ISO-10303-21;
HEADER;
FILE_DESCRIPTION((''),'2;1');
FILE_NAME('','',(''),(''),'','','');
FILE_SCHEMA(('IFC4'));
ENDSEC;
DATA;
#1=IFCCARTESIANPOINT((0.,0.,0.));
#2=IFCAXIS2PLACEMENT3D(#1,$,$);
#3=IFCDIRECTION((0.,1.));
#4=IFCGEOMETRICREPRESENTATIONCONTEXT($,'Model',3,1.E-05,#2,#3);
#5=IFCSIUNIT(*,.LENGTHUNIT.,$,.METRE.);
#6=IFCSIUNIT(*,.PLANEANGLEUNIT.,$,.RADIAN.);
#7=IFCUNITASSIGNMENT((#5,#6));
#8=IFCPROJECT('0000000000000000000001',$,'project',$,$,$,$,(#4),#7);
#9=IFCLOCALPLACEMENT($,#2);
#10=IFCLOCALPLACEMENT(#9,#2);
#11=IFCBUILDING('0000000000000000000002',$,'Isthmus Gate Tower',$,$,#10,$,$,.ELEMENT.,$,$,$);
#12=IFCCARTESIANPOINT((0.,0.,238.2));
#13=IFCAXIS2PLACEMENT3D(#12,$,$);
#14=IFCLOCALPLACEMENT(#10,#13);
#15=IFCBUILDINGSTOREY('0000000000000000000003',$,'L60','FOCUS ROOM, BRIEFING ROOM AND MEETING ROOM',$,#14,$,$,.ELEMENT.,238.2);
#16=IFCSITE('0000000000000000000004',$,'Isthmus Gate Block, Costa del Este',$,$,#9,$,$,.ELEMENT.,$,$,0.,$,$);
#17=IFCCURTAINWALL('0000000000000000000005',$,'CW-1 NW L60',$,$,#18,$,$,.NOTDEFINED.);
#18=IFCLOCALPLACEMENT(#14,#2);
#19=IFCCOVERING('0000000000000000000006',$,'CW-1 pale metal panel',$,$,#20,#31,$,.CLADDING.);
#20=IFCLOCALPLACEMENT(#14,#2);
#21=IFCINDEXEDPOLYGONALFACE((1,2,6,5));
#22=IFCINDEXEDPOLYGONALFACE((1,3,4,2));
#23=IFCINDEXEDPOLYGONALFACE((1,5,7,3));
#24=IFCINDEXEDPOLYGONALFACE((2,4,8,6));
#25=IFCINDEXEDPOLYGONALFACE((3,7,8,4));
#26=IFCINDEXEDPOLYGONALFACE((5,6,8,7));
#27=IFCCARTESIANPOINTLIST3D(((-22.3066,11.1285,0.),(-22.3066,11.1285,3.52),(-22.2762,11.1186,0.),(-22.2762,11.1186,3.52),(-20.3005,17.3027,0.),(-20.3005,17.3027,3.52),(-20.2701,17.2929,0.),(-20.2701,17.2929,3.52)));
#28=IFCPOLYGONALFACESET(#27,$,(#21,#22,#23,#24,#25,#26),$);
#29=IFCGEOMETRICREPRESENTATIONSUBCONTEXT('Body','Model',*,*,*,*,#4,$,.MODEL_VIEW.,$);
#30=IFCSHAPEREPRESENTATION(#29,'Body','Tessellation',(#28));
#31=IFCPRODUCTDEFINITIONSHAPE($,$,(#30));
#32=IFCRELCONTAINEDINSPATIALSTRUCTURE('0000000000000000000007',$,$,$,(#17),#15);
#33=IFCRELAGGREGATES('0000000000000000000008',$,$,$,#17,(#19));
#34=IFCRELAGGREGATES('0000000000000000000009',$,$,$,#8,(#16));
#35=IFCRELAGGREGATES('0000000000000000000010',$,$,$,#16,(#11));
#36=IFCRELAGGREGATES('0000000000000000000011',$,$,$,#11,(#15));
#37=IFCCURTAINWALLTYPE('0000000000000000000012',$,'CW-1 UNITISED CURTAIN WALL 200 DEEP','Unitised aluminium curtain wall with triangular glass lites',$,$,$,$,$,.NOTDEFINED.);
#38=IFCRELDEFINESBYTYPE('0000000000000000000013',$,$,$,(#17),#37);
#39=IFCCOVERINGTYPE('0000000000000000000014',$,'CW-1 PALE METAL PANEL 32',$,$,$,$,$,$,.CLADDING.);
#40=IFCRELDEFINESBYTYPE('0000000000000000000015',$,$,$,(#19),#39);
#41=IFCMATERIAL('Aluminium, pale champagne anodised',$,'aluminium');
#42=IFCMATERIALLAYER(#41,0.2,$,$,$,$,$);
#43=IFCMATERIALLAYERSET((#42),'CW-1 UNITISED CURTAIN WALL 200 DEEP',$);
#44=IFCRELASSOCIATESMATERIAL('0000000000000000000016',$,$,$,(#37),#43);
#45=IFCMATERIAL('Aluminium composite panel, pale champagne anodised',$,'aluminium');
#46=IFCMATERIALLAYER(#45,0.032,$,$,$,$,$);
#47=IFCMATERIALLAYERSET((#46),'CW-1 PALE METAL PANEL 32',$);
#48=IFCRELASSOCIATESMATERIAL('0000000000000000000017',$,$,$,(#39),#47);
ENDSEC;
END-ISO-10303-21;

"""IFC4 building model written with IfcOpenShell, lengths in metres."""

from ifc_helpers import new_model, si_unit, direction, frame, origin, origin_2d, place, context, subcontext, project, spatial, rectangle, extrude, material, layer, layer_set, type_object, element, aggregate, save


model = new_model("IFC4")

# Units and contexts
model_context = context("Model", 3, precision=1e-05, world=origin(), true_north=direction((0.0, 1.0)))
body_context = subcontext(model_context, "Body", "Model", "MODEL_VIEW")
ifc_project = project(units=[si_unit("LENGTHUNIT", "METRE"), si_unit("PLANEANGLEUNIT", "RADIAN")], contexts=[model_context])

# Site, building, storey
site_placement = place(None, origin())
site = spatial("IfcSite", under=ifc_project, at=site_placement, Name="Isthmus Gate Block, Costa del Este", CompositionType="ELEMENT", RefElevation=0.0)
building_placement = place(site_placement, origin())
building = spatial("IfcBuilding", under=site, at=building_placement, Name="Isthmus Gate Tower", CompositionType="ELEMENT")
storey_placement = place(building_placement, frame((0.0, 0.0, 238.2)))
storey = spatial("IfcBuildingStorey", under=building, at=storey_placement, Name="L60", Description="FOCUS ROOM, BRIEFING ROOM AND MEETING ROOM", CompositionType="ELEMENT", Elevation=238.2)

# Curtain wall
ifc_material_1 = material(Name="Aluminium, pale champagne anodised", Category="aluminium")
ifc_layer_1 = layer(ifc_material_1, 0.2)
ifc_layer_set_1 = layer_set([ifc_layer_1], Name="CW-1 UNITISED CURTAIN WALL 200 DEEP")
curtain_wall_type = type_object("IfcCurtainWallType", Name="CW-1 UNITISED CURTAIN WALL 200 DEEP", Description="Unitised aluminium curtain wall with triangular glass lites", PredefinedType="NOTDEFINED", material=ifc_layer_set_1)
curtain_wall_1_placement = place(storey_placement, origin())
curtain_wall_1 = element("IfcCurtainWall", 1, at=curtain_wall_1_placement, inside=storey, type_object=curtain_wall_type, Name="CW-1 NW L60", PredefinedType="NOTDEFINED")

# Covering
ifc_material_2 = material(Name="Aluminium composite panel, pale champagne anodised", Category="aluminium")
ifc_layer_2 = layer(ifc_material_2, 0.032)
ifc_layer_set_2 = layer_set([ifc_layer_2], Name="CW-1 PALE METAL PANEL 32")
covering_type = type_object("IfcCoveringType", Name="CW-1 PALE METAL PANEL 32", PredefinedType="CLADDING", material=ifc_layer_set_2)
covering_placement = place(storey_placement, frame((-21.2883, 14.2107, 0.0), z_axis=(0.0, 0.0, 1.0), x_axis=(-0.309017, -0.951057, 0.0)))
covering = element("IfcCovering", 2, at=covering_placement, type_object=covering_type, Name="CW-1 pale metal panel", PredefinedType="CLADDING", context=body_context, shape_type="SweptSolid", body=[
    extrude(rectangle(XDim=6.4919, YDim=0.032, at=origin_2d()), origin(), (0.0, 0.0, 1.0), 3.52),
])
aggregate(curtain_wall_1, [covering])

save(model, "model.ifc")
